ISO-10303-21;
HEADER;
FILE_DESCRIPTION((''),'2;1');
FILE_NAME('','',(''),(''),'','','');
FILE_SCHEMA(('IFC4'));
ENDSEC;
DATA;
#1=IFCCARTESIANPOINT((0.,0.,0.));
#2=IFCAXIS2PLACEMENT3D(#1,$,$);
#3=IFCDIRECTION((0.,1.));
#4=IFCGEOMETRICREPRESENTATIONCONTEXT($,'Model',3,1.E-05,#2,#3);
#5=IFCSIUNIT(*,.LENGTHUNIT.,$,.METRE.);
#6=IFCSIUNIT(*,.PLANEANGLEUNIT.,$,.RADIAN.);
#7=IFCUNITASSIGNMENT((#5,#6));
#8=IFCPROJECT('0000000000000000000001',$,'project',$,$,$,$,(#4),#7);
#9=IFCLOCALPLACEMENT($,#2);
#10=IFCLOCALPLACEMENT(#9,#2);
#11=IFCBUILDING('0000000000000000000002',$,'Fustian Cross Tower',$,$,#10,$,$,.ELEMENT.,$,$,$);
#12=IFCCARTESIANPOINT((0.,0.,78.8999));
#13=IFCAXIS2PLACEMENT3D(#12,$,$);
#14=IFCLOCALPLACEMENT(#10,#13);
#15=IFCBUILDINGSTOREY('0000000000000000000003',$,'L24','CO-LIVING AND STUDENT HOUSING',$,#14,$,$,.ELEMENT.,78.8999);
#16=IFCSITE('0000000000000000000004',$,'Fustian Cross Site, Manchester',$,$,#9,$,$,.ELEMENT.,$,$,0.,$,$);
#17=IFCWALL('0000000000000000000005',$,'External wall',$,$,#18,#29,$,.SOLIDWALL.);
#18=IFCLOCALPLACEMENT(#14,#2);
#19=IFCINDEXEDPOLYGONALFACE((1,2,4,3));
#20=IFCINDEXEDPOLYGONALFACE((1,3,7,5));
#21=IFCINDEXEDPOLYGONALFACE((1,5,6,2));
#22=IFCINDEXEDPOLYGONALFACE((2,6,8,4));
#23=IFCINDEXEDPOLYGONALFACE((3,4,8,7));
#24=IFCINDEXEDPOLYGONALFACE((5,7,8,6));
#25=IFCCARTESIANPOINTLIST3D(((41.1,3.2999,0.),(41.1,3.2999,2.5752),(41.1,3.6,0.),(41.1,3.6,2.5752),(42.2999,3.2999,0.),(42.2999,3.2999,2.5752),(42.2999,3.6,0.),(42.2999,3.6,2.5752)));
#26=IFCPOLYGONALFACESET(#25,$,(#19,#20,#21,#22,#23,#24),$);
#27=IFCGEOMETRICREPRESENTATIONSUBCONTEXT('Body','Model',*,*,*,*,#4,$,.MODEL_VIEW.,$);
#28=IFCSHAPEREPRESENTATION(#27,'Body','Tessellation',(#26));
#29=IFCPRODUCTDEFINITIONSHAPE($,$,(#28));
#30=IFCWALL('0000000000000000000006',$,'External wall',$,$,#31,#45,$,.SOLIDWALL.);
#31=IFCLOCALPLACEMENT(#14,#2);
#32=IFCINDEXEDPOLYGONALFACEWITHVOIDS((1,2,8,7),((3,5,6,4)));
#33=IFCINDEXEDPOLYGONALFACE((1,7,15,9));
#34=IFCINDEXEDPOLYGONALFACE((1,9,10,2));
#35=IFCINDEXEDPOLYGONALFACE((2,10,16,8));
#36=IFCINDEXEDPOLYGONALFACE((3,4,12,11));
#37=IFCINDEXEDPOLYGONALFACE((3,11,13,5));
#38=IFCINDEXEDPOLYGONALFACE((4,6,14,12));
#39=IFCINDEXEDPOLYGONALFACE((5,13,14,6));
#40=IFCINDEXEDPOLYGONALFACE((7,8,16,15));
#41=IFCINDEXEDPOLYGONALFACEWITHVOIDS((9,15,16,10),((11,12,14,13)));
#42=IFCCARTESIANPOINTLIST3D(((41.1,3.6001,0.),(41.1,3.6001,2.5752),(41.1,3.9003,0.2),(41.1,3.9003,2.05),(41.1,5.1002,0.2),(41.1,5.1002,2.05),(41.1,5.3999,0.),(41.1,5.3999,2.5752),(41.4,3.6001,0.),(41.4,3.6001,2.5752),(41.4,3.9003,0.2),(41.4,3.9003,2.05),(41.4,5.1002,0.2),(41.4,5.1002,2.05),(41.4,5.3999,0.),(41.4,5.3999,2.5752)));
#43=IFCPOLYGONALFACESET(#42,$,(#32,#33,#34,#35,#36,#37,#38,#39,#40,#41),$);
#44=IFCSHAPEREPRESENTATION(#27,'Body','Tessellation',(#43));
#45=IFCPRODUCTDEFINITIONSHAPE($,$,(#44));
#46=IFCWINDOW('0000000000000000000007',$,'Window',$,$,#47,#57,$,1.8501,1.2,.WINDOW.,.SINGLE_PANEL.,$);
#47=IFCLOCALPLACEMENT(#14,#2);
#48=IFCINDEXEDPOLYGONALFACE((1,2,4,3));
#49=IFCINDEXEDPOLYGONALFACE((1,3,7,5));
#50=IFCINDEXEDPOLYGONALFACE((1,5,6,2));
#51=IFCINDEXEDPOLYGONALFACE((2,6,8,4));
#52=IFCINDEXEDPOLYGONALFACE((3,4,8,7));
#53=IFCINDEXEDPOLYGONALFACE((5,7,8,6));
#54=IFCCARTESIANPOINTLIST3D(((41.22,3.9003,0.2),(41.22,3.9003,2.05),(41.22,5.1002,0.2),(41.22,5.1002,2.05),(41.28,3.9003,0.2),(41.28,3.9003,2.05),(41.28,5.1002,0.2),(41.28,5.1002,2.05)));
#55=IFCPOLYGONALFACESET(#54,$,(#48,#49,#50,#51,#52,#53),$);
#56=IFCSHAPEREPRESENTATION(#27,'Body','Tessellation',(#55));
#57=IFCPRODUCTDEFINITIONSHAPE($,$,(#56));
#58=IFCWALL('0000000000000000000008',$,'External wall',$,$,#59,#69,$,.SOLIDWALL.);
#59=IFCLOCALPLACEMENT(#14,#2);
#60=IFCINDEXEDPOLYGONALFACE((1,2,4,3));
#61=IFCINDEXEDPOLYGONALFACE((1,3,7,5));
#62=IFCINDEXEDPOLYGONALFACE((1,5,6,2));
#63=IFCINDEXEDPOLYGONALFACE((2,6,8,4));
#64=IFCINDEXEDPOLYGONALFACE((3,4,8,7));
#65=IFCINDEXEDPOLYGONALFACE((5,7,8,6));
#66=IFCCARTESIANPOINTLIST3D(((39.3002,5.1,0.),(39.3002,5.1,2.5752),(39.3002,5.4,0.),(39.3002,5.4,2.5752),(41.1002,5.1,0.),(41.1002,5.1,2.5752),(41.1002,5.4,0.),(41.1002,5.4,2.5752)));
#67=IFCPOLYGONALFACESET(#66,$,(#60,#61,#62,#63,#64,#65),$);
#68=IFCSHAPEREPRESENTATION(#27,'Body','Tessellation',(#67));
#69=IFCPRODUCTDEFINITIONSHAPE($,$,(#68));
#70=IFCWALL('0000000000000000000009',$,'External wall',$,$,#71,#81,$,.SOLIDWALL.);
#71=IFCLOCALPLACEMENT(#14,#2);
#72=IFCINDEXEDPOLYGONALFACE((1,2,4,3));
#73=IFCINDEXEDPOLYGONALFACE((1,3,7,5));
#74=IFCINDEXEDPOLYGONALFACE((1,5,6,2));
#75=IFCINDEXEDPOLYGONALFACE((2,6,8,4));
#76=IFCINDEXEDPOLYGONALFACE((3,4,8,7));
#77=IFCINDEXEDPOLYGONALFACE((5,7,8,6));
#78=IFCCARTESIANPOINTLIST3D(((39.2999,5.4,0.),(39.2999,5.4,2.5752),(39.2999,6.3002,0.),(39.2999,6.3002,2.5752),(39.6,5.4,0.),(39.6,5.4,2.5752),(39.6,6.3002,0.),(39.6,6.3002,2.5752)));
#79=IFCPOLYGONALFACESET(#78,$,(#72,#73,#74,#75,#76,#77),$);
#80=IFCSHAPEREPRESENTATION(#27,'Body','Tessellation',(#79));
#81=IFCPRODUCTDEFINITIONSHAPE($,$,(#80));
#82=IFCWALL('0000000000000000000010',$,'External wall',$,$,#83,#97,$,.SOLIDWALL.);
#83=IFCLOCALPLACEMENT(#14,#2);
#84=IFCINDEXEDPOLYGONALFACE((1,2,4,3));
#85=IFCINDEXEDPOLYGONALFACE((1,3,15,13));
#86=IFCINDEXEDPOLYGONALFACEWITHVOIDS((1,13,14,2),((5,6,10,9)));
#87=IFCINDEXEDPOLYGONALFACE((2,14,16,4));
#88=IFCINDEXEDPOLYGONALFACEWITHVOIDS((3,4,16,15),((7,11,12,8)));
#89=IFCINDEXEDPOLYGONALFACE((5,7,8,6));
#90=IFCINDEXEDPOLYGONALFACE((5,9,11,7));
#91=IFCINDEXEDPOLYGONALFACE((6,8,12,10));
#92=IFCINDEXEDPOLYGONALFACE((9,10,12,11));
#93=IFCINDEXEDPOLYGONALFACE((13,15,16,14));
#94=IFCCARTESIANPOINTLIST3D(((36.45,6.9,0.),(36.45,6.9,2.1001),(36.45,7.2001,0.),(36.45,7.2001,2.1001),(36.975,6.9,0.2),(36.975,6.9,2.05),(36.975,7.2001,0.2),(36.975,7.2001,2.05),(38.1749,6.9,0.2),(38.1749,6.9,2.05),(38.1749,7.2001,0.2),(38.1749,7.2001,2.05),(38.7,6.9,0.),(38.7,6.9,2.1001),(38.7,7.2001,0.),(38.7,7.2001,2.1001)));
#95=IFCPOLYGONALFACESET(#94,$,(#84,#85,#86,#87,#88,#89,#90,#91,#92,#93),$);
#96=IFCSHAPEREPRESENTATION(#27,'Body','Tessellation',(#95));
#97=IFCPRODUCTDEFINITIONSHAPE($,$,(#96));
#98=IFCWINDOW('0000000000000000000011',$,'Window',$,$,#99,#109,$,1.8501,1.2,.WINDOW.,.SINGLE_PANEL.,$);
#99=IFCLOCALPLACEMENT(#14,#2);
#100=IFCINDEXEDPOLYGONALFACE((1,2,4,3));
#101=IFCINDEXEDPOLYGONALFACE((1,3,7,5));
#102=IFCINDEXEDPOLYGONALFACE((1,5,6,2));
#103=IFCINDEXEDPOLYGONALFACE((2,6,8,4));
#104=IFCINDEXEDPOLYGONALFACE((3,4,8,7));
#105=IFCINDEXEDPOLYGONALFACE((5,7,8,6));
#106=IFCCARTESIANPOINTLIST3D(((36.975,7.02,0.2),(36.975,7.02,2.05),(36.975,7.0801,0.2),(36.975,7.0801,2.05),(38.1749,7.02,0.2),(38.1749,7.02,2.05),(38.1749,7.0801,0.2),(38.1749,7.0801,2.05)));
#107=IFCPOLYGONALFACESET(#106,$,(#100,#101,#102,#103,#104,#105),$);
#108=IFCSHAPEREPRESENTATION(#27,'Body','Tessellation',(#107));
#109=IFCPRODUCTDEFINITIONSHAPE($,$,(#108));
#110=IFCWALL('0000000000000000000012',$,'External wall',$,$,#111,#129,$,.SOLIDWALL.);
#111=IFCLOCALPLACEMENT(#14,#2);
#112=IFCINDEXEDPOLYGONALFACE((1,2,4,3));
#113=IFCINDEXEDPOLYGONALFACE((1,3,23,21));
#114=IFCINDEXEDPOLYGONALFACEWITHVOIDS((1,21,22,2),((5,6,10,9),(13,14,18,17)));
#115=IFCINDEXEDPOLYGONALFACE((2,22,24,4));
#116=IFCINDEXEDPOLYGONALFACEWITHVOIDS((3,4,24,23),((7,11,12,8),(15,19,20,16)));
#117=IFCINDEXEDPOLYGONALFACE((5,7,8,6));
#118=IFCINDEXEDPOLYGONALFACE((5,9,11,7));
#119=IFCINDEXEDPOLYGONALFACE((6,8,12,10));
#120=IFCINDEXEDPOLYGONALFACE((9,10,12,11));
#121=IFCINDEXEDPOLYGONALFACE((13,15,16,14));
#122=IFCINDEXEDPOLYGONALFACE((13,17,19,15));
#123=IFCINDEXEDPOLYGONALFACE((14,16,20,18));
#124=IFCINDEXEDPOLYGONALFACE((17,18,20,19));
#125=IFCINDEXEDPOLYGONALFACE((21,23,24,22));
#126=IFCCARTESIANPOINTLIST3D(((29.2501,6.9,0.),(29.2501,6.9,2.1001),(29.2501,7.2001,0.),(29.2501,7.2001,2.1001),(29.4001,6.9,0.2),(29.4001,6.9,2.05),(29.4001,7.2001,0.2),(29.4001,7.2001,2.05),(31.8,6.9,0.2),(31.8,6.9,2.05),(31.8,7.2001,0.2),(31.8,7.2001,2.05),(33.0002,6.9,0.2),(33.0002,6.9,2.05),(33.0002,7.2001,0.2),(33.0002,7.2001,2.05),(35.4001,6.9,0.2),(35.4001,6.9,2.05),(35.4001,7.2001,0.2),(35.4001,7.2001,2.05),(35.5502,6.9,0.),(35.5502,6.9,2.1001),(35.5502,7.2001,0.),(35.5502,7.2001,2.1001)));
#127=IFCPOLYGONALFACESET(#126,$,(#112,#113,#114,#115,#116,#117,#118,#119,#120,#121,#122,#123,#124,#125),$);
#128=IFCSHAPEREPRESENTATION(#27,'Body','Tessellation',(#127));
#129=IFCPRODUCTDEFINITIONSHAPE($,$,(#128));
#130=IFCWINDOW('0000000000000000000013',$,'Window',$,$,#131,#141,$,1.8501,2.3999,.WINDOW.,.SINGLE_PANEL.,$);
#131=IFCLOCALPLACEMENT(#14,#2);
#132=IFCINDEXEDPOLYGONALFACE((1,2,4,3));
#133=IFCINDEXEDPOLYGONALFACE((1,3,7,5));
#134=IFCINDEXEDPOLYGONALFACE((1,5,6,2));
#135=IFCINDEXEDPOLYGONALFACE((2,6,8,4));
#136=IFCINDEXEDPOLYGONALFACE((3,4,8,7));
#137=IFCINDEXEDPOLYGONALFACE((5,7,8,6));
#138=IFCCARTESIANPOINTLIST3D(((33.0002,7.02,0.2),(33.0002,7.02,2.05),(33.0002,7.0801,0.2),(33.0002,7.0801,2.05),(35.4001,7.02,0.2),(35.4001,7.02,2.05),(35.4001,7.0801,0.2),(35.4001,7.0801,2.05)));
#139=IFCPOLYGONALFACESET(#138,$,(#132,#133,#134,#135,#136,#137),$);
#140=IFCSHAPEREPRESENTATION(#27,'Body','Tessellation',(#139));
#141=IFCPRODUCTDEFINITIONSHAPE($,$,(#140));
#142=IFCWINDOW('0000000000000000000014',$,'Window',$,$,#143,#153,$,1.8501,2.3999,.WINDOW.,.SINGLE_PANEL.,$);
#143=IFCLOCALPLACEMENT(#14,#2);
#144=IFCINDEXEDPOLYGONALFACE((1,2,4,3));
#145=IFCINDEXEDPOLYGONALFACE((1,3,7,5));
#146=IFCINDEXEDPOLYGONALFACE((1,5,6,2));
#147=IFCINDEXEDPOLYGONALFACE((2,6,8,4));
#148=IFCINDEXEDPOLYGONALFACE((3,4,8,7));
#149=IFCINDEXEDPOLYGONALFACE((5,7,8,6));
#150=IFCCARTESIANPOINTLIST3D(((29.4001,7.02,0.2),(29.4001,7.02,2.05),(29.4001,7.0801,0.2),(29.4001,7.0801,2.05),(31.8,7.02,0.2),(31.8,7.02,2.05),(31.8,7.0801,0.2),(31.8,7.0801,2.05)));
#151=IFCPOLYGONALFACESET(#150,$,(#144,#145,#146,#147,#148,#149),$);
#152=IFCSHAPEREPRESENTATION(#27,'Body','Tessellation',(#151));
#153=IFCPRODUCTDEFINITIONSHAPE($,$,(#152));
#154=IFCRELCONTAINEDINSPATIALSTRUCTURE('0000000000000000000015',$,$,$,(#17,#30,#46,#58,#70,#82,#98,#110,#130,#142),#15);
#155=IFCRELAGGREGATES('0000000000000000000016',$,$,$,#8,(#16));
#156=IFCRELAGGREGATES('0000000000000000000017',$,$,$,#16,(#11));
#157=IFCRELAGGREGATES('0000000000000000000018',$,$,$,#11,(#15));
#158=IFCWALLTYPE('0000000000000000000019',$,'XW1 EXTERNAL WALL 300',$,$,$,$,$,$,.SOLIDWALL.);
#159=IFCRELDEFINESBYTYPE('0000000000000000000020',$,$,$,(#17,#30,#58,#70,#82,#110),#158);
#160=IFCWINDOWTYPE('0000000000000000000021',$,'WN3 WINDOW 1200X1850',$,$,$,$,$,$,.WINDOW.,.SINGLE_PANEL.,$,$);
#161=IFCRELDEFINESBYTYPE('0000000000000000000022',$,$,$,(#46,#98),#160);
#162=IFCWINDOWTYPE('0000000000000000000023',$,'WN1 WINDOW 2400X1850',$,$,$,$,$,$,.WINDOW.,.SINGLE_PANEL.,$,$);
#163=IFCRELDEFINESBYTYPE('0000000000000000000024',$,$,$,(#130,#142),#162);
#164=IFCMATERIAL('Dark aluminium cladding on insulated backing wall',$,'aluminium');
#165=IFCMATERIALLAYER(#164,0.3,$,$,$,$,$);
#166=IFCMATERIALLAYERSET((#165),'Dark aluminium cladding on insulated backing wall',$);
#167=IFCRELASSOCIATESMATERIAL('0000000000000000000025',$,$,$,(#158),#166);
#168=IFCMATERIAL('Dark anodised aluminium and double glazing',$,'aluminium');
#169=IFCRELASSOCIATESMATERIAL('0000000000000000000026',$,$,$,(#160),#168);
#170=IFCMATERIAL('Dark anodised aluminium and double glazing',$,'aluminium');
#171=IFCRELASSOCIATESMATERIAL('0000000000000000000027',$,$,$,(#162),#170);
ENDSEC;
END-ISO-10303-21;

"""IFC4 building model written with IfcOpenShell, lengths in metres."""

from ifc_helpers import new_model, si_unit, direction, frame, frame_2d, origin, place, context, subcontext, project, spatial, rectangle, extrude, material, layer, layer_set, type_object, element, fill, save


model = new_model("IFC4")

# Units and contexts
model_context = context("Model", 3, precision=1e-05, world=origin(), true_north=direction((0.0, 1.0)))
body_context = subcontext(model_context, "Body", "Model", "MODEL_VIEW")
ifc_project = project(units=[si_unit("LENGTHUNIT", "METRE"), si_unit("PLANEANGLEUNIT", "RADIAN")], contexts=[model_context])

# Site, building, storey
site_placement = place(None, origin())
site = spatial("IfcSite", under=ifc_project, at=site_placement, Name="Fustian Cross Site, Manchester", CompositionType="ELEMENT", RefElevation=0.0)
building_placement = place(site_placement, origin())
building = spatial("IfcBuilding", under=site, at=building_placement, Name="Fustian Cross Tower", CompositionType="ELEMENT")
storey_placement = place(building_placement, frame((0.0, 0.0, 78.8999)))
storey = spatial("IfcBuildingStorey", under=building, at=storey_placement, Name="L24", Description="CO-LIVING AND STUDENT HOUSING", CompositionType="ELEMENT", Elevation=78.8999)

# Wall
ifc_material_1 = material(Name="Dark aluminium cladding on insulated backing wall", Category="aluminium")
ifc_layer_1 = layer(ifc_material_1, 0.3)
ifc_layer_set_1 = layer_set([ifc_layer_1], Name="Dark aluminium cladding on insulated backing wall")
wall_type_1 = type_object("IfcWallType", Name="XW1 EXTERNAL WALL 300", PredefinedType="SOLIDWALL", material=ifc_layer_set_1)
wall_1_placement = place(storey_placement, frame((42.3, 3.45, 0.0), z_axis=(0.0, 0.0, 1.0), x_axis=(-1.0, 0.0, 0.0)))
element("IfcWall", 1, at=wall_1_placement, inside=storey, type_object=wall_type_1, Name="External wall", PredefinedType="SOLIDWALL", context=body_context, shape_type="SweptSolid", body=[
    extrude(rectangle(XDim=1.2, YDim=0.3, at=frame_2d((0.6001, 0.0))), origin(), (0.0, 0.0, 1.0), 2.5752),
])

# Wall, opening, window
wall_2_placement = place(storey_placement, frame((41.25, 3.6001, 0.0), z_axis=(0.0, 0.0, 1.0), x_axis=(0.0, 1.0, 0.0)))
wall_2 = element("IfcWall", 2, at=wall_2_placement, inside=storey, type_object=wall_type_1, Name="External wall", PredefinedType="SOLIDWALL", context=body_context, shape_type="SweptSolid", body=[
    extrude(rectangle(XDim=1.7998, YDim=0.3, at=frame_2d((0.8999, 0.0))), origin(), (0.0, 0.0, 1.0), 2.5752),
])
opening_1_placement = place(wall_2_placement, frame((0.3, 0.0, 0.2)))
opening_1 = element("IfcOpeningElement", 3, at=opening_1_placement, cuts=wall_2, PredefinedType="OPENING", context=body_context, shape_type="SweptSolid", body=[
    extrude(rectangle(XDim=1.2, YDim=1.8501, at=frame_2d((0.6001, 0.925))), frame((0.0, 0.1599, 0.0), z_axis=(0.0, -1.0, 0.0), x_axis=(1.0, 0.0, 0.0)), (0.0, 0.0, 1.0), 0.3201),
])
ifc_material_2 = material(Name="Dark anodised aluminium and double glazing", Category="aluminium")
window_type_1 = type_object("IfcWindowType", Name="WN3 WINDOW 1200X1850", PartitioningType="SINGLE_PANEL", PredefinedType="WINDOW", material=ifc_material_2)
window_1_placement = place(opening_1_placement, origin())
window_1 = element("IfcWindow", 4, at=window_1_placement, inside=storey, type_object=window_type_1, Name="Window", OverallHeight=1.8501, OverallWidth=1.2, PartitioningType="SINGLE_PANEL", PredefinedType="WINDOW", context=body_context, shape_type="SweptSolid", body=[
    extrude(rectangle(XDim=1.2, YDim=1.8501, at=frame_2d((0.6001, 0.925))), frame((0.0, 0.03, 0.0), z_axis=(0.0, -1.0, 0.0), x_axis=(1.0, 0.0, 0.0)), (0.0, 0.0, 1.0), 0.0601),
])
fill(opening_1, window_1)

# Walls
wall_3_placement = place(storey_placement, frame((41.1001, 5.25, 0.0), z_axis=(0.0, 0.0, 1.0), x_axis=(-1.0, 0.0, 0.0)))
element("IfcWall", 5, at=wall_3_placement, inside=storey, type_object=wall_type_1, Name="External wall", PredefinedType="SOLIDWALL", context=body_context, shape_type="SweptSolid", body=[
    extrude(rectangle(XDim=1.8, YDim=0.3, at=frame_2d((0.8999, 0.0))), origin(), (0.0, 0.0, 1.0), 2.5752),
])
wall_4_placement = place(storey_placement, frame((39.45, 5.3999, 0.0), z_axis=(0.0, 0.0, 1.0), x_axis=(0.0, 1.0, 0.0)))
element("IfcWall", 6, at=wall_4_placement, inside=storey, type_object=wall_type_1, Name="External wall", PredefinedType="SOLIDWALL", context=body_context, shape_type="SweptSolid", body=[
    extrude(rectangle(XDim=0.9001, YDim=0.3, at=frame_2d((0.4502, 0.0))), origin(), (0.0, 0.0, 1.0), 2.5752),
])

# Wall, opening, window
wall_5_placement = place(storey_placement, frame((38.7, 7.05, 0.0), z_axis=(0.0, 0.0, 1.0), x_axis=(-1.0, 0.0, 0.0)))
wall_5 = element("IfcWall", 7, at=wall_5_placement, inside=storey, type_object=wall_type_1, Name="External wall", PredefinedType="SOLIDWALL", context=body_context, shape_type="SweptSolid", body=[
    extrude(rectangle(XDim=2.25, YDim=0.3, at=frame_2d((1.125, 0.0))), origin(), (0.0, 0.0, 1.0), 2.1001),
])
opening_2_placement = place(wall_5_placement, frame((0.5249, 0.0, 0.2)))
opening_2 = element("IfcOpeningElement", 8, at=opening_2_placement, cuts=wall_5, PredefinedType="OPENING", context=body_context, shape_type="SweptSolid", body=[
    extrude(rectangle(XDim=1.2, YDim=1.8501, at=frame_2d((0.6001, 0.925))), frame((0.0, 0.1599, 0.0), z_axis=(0.0, -1.0, 0.0), x_axis=(1.0, 0.0, 0.0)), (0.0, 0.0, 1.0), 0.3201),
])
window_2_placement = place(opening_2_placement, origin())
window_2 = element("IfcWindow", 9, at=window_2_placement, inside=storey, type_object=window_type_1, Name="Window", OverallHeight=1.8501, OverallWidth=1.2, PartitioningType="SINGLE_PANEL", PredefinedType="WINDOW", context=body_context, shape_type="SweptSolid", body=[
    extrude(rectangle(XDim=1.2, YDim=1.8501, at=frame_2d((0.6001, 0.925))), frame((0.0, 0.03, 0.0), z_axis=(0.0, -1.0, 0.0), x_axis=(1.0, 0.0, 0.0)), (0.0, 0.0, 1.0), 0.0601),
])
fill(opening_2, window_2)

# Wall, openings, windows
wall_6_placement = place(storey_placement, frame((35.55, 7.05, 0.0), z_axis=(0.0, 0.0, 1.0), x_axis=(-1.0, 0.0, 0.0)))
wall_6 = element("IfcWall", 10, at=wall_6_placement, inside=storey, type_object=wall_type_1, Name="External wall", PredefinedType="SOLIDWALL", context=body_context, shape_type="SweptSolid", body=[
    extrude(rectangle(XDim=6.3, YDim=0.3, at=frame_2d((3.1499, 0.0))), origin(), (0.0, 0.0, 1.0), 2.1001),
])
opening_3_placement = place(wall_6_placement, frame((0.1499, 0.0, 0.2)))
opening_3 = element("IfcOpeningElement", 11, at=opening_3_placement, cuts=wall_6, PredefinedType="OPENING", context=body_context, shape_type="SweptSolid", body=[
    extrude(rectangle(XDim=2.3999, YDim=1.8501, at=frame_2d((1.2, 0.925))), frame((0.0, 0.1599, 0.0), z_axis=(0.0, -1.0, 0.0), x_axis=(1.0, 0.0, 0.0)), (0.0, 0.0, 1.0), 0.3201),
])
opening_4_placement = place(wall_6_placement, frame((3.75, 0.0, 0.2)))
opening_4 = element("IfcOpeningElement", 12, at=opening_4_placement, cuts=wall_6, PredefinedType="OPENING", context=body_context, shape_type="SweptSolid", body=[
    extrude(rectangle(XDim=2.3999, YDim=1.8501, at=frame_2d((1.2, 0.925))), frame((0.0, 0.1599, 0.0), z_axis=(0.0, -1.0, 0.0), x_axis=(1.0, 0.0, 0.0)), (0.0, 0.0, 1.0), 0.3201),
])
ifc_material_3 = material(Name="Dark anodised aluminium and double glazing", Category="aluminium")
window_type_2 = type_object("IfcWindowType", Name="WN1 WINDOW 2400X1850", PartitioningType="SINGLE_PANEL", PredefinedType="WINDOW", material=ifc_material_3)
window_3_placement = place(opening_3_placement, origin())
window_3 = element("IfcWindow", 13, at=window_3_placement, inside=storey, type_object=window_type_2, Name="Window", OverallHeight=1.8501, OverallWidth=2.3999, PartitioningType="SINGLE_PANEL", PredefinedType="WINDOW", context=body_context, shape_type="SweptSolid", body=[
    extrude(rectangle(XDim=2.3999, YDim=1.8501, at=frame_2d((1.2, 0.925))), frame((0.0, 0.03, 0.0), z_axis=(0.0, -1.0, 0.0), x_axis=(1.0, 0.0, 0.0)), (0.0, 0.0, 1.0), 0.0601),
])
fill(opening_3, window_3)
window_4_placement = place(opening_4_placement, origin())
window_4 = element("IfcWindow", 14, at=window_4_placement, inside=storey, type_object=window_type_2, Name="Window", OverallHeight=1.8501, OverallWidth=2.3999, PartitioningType="SINGLE_PANEL", PredefinedType="WINDOW", context=body_context, shape_type="SweptSolid", body=[
    extrude(rectangle(XDim=2.3999, YDim=1.8501, at=frame_2d((1.2, 0.925))), frame((0.0, 0.03, 0.0), z_axis=(0.0, -1.0, 0.0), x_axis=(1.0, 0.0, 0.0)), (0.0, 0.0, 1.0), 0.0601),
])
fill(opening_4, window_4)

save(model, "model.ifc")
